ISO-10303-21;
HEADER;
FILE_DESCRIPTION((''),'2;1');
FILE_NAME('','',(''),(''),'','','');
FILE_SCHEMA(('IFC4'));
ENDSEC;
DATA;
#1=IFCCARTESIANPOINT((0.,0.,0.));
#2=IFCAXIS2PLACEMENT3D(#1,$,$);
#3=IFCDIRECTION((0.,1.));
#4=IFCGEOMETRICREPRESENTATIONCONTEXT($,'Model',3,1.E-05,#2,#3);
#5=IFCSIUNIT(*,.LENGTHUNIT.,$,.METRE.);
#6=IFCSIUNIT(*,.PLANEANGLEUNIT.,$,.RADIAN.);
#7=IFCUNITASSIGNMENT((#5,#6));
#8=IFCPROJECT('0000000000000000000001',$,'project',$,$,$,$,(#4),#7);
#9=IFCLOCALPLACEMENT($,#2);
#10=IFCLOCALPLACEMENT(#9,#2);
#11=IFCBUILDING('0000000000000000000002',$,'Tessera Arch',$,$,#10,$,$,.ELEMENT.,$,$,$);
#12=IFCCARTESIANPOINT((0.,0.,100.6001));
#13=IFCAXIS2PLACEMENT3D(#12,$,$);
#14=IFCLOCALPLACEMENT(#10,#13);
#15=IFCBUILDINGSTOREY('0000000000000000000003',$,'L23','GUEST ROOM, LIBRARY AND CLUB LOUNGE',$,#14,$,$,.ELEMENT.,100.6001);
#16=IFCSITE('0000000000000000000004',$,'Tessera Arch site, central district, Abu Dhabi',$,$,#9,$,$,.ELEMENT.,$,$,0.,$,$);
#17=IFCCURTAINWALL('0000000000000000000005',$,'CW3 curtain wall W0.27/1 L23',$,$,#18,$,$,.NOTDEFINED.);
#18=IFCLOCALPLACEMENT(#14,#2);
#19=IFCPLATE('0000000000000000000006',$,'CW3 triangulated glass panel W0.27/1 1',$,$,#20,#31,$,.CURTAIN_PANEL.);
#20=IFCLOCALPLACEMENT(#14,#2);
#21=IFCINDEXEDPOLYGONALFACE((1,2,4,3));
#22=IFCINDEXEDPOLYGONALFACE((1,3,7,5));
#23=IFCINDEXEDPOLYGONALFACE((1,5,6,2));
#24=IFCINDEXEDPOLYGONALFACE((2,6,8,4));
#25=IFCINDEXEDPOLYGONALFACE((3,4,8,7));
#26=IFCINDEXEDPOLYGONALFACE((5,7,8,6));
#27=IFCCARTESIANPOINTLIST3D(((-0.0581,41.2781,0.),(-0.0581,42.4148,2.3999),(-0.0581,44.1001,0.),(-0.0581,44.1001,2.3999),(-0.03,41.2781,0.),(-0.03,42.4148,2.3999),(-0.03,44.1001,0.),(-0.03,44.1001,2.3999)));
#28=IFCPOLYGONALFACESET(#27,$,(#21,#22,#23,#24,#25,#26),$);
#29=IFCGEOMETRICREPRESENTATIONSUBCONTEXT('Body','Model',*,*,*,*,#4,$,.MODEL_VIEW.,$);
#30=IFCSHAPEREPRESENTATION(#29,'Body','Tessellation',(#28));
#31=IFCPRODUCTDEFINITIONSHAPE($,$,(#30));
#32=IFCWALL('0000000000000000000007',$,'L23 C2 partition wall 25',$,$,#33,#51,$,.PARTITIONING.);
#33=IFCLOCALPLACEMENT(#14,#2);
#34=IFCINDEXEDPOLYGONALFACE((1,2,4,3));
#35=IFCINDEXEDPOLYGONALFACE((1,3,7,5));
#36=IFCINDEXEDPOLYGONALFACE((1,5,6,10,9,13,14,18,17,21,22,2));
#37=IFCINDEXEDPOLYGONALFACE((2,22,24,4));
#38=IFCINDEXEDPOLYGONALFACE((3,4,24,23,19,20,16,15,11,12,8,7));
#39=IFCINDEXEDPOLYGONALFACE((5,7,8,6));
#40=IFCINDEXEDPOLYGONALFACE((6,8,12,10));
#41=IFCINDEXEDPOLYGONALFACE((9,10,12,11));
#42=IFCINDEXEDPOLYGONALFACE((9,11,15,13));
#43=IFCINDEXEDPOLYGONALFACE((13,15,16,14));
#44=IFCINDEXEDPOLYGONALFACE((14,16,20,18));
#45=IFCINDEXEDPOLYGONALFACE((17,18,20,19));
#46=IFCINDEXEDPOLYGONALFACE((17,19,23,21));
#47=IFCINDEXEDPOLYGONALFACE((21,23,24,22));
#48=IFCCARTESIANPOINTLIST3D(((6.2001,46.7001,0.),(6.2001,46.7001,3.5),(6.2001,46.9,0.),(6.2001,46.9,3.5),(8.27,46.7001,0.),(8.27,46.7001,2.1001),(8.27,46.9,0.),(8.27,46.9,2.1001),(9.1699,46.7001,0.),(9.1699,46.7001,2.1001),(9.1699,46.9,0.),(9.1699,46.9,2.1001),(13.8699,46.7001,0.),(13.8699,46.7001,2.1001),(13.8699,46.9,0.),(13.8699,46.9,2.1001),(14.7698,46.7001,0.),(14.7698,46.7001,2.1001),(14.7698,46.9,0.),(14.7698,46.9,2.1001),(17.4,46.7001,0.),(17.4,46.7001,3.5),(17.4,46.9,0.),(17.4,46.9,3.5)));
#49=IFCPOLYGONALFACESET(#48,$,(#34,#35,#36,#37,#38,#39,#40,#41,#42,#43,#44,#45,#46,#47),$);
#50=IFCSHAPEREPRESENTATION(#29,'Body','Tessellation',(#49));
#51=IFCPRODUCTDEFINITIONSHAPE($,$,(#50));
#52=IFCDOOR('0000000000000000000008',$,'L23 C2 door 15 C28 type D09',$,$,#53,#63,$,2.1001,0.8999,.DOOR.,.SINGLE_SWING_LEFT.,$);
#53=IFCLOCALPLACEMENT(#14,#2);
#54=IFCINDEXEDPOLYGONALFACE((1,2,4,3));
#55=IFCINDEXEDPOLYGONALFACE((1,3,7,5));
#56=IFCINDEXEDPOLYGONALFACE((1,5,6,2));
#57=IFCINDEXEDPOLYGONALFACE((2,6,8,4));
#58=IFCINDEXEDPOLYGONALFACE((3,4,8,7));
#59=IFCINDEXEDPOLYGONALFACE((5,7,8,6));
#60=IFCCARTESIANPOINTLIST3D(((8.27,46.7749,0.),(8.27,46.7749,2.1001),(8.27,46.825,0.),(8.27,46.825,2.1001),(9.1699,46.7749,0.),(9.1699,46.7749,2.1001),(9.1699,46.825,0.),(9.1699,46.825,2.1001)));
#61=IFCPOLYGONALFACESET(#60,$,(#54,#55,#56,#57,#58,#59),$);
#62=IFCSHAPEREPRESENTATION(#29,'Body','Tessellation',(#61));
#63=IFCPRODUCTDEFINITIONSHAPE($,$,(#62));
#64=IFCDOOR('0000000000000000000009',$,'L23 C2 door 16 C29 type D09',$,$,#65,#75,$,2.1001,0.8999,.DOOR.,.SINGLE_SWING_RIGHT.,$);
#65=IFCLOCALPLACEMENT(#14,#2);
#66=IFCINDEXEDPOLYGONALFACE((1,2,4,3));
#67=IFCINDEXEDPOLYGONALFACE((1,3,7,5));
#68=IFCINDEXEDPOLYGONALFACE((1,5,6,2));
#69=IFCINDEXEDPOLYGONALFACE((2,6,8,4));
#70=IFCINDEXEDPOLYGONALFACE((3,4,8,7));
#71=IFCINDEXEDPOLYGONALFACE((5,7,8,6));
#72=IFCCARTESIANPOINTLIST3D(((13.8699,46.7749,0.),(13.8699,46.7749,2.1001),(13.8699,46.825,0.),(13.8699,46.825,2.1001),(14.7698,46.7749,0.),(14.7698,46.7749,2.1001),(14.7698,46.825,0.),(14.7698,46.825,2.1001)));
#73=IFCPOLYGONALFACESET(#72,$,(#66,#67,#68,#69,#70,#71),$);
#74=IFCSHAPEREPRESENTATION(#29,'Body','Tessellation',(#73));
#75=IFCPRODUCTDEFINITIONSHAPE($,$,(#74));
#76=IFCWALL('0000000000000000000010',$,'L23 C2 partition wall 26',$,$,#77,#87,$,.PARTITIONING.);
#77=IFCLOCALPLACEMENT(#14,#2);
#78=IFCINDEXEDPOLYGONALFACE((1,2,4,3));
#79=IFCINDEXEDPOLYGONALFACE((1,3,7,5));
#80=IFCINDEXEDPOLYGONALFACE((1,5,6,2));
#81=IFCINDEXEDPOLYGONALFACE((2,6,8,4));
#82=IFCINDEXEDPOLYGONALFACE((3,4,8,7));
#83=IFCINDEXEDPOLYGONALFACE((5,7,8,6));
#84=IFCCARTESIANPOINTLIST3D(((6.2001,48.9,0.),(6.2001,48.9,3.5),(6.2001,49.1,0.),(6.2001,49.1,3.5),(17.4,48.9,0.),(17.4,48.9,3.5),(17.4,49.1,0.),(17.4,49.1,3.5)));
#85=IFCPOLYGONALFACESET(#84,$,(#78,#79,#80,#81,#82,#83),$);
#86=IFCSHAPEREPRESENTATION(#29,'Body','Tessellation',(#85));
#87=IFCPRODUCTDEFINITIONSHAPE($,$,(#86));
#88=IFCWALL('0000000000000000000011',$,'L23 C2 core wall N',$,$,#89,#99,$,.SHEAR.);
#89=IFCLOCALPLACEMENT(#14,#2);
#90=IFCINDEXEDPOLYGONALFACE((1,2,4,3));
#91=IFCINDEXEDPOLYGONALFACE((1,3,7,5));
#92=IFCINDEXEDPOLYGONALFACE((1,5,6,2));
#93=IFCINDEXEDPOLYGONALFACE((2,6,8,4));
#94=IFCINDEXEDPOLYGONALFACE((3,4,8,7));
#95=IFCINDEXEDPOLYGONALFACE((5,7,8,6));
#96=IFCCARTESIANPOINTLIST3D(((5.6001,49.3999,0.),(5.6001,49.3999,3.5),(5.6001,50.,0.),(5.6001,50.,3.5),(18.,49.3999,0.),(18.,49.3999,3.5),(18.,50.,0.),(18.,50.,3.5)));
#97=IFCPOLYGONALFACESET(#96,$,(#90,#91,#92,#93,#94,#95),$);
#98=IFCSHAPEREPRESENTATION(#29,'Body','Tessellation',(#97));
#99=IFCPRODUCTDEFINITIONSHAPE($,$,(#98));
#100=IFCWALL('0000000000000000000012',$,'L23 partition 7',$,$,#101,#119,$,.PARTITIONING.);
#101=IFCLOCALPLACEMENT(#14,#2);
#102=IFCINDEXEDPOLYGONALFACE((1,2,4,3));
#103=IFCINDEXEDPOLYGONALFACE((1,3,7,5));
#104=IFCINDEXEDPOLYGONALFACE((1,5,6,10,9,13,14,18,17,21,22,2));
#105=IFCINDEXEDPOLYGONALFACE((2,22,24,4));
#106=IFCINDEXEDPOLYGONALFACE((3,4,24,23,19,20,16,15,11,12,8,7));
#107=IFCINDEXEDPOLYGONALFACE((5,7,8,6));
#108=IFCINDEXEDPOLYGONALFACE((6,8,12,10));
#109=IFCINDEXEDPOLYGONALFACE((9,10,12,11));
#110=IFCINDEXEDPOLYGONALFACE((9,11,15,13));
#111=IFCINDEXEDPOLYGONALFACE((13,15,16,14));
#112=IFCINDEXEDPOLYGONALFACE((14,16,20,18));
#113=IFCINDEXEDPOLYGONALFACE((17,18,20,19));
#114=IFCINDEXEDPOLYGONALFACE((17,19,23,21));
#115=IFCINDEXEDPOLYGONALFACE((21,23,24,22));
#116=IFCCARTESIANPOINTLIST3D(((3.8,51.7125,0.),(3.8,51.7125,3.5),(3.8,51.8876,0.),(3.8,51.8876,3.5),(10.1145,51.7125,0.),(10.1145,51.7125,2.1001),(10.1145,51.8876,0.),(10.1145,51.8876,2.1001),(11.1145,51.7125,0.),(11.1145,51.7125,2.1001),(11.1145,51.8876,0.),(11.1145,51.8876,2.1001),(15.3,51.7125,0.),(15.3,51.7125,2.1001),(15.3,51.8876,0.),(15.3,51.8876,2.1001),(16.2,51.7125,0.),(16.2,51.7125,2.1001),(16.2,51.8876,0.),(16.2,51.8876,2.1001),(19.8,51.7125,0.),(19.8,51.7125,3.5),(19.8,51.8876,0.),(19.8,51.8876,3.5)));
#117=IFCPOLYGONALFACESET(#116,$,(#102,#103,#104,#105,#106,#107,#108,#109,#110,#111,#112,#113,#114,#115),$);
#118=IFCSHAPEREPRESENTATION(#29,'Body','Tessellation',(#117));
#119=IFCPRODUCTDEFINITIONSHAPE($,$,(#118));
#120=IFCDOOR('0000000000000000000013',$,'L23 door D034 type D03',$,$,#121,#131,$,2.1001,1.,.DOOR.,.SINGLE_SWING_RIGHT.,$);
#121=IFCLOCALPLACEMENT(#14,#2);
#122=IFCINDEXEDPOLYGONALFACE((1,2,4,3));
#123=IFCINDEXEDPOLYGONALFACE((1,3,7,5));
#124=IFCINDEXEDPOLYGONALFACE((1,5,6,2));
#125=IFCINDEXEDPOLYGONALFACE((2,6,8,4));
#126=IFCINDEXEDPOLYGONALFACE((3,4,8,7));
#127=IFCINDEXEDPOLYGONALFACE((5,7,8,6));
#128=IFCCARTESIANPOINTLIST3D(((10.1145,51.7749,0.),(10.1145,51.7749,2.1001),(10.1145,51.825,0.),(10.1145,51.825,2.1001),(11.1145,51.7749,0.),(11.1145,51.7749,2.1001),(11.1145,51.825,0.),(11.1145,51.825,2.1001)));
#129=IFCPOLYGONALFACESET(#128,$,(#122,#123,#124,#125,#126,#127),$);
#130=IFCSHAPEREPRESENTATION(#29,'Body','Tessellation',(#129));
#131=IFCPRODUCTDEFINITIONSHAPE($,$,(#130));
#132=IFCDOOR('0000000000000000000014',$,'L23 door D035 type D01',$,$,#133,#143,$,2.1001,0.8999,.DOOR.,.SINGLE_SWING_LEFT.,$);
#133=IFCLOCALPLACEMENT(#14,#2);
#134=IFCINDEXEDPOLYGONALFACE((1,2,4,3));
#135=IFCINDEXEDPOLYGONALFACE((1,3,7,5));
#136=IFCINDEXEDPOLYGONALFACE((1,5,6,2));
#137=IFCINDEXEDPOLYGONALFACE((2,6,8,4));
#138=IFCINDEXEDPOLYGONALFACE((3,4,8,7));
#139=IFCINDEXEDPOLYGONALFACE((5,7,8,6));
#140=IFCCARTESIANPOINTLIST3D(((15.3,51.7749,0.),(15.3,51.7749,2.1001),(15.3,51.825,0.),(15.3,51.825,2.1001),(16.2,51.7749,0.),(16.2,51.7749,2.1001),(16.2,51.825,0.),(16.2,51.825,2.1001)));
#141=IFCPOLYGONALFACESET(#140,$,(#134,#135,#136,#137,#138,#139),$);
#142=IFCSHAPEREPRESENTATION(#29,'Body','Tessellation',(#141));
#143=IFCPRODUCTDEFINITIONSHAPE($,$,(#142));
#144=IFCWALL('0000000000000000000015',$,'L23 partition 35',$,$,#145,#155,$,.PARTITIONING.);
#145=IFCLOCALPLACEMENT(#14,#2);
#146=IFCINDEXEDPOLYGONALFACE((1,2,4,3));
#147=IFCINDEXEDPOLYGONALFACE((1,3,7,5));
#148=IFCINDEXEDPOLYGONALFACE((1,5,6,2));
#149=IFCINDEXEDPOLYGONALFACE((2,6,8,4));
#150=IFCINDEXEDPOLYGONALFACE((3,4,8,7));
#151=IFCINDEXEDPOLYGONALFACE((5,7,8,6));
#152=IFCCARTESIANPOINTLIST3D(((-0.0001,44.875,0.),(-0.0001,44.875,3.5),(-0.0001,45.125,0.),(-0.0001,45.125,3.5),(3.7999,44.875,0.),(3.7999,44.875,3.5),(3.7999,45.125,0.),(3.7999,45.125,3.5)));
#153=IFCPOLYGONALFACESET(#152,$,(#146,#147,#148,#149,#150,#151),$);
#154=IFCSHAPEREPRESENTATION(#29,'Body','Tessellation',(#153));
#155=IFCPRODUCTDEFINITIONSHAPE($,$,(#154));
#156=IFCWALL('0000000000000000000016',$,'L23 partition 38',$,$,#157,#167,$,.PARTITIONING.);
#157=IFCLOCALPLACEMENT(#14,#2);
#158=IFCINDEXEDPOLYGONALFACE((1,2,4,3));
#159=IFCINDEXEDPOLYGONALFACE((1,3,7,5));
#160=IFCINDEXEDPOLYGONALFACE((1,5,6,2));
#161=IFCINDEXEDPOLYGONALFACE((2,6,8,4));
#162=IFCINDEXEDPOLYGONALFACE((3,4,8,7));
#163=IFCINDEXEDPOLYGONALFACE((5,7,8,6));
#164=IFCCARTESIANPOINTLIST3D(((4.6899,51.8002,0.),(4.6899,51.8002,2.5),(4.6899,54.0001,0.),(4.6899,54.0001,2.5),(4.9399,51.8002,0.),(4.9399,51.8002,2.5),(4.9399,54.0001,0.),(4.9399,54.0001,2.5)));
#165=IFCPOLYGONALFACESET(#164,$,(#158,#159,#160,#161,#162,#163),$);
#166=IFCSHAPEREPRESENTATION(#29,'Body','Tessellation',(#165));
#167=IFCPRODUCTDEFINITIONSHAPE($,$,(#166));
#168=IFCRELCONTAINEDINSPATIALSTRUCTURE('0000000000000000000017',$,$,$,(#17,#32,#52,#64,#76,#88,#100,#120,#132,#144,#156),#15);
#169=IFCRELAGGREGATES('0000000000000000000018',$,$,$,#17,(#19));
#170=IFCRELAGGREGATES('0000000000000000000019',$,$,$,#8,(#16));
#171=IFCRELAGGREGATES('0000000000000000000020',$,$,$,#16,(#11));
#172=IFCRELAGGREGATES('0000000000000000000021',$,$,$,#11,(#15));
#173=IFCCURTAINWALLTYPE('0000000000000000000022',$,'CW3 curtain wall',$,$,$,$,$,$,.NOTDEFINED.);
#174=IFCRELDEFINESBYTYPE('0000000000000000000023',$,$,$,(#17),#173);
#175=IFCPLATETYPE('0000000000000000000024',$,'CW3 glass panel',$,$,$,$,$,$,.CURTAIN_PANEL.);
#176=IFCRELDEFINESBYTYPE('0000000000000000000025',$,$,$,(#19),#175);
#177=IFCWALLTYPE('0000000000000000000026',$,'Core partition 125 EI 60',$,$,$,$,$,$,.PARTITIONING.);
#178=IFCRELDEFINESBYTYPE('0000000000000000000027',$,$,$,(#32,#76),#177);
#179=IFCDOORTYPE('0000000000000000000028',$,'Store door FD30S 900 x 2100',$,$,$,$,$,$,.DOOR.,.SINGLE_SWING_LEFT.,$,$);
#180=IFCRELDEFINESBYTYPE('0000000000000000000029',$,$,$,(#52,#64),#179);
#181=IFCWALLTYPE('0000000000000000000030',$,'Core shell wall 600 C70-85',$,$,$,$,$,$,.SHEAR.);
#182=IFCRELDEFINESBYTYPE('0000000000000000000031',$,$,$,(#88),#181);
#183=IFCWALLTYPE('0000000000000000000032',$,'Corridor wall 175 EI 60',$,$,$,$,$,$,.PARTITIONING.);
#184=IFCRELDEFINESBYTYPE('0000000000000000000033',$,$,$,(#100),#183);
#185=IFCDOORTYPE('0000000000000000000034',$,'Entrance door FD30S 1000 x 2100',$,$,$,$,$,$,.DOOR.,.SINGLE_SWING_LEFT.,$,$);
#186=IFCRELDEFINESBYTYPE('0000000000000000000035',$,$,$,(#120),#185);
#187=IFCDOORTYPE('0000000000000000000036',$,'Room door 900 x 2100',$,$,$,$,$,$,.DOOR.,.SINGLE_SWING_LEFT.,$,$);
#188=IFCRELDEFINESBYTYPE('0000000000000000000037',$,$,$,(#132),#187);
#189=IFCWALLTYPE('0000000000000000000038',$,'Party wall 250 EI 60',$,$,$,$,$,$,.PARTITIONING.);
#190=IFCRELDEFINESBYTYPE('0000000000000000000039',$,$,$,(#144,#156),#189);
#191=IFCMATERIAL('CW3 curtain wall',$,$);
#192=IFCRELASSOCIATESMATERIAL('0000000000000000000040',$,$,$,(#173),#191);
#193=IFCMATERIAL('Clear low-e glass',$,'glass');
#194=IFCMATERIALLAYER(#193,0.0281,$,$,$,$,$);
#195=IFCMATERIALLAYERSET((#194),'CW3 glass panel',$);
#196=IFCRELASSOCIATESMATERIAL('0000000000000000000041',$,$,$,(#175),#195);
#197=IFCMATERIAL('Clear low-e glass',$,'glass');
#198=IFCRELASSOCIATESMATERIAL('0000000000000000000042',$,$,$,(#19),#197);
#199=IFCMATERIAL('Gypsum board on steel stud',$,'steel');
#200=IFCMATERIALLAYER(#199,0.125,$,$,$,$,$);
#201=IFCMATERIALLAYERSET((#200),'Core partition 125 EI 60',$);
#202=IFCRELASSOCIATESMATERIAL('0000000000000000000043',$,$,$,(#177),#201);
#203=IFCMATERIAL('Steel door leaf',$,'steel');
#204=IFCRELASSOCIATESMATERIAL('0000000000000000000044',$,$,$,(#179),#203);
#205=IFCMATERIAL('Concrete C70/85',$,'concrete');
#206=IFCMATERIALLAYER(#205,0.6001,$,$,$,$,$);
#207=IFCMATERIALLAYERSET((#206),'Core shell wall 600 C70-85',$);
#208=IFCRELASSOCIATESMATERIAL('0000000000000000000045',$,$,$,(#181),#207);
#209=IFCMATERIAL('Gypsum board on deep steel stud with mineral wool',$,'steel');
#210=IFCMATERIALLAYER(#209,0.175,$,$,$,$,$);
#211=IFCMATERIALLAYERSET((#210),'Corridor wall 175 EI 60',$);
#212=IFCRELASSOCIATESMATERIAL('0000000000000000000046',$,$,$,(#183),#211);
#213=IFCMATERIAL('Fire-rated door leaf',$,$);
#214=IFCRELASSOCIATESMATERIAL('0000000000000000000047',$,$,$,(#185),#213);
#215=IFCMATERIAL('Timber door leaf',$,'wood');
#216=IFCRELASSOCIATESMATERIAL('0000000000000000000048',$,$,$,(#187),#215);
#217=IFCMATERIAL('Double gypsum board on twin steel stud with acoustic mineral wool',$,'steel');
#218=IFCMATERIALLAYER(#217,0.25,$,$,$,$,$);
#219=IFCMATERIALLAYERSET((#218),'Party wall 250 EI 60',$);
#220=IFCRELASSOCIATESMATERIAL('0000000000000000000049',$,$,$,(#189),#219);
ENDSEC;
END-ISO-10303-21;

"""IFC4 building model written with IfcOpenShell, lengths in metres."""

from ifc_helpers import new_model, si_unit, direction, frame, frame_2d, origin, place, context, subcontext, project, spatial, polyline, rectangle, outline, extrude, material, layer, layer_set, type_object, element, fill, aggregate, save


model = new_model("IFC4")

# Units and contexts
model_context = context("Model", 3, precision=1e-05, world=origin(), true_north=direction((0.0, 1.0)))
body_context = subcontext(model_context, "Body", "Model", "MODEL_VIEW")
ifc_project = project(units=[si_unit("LENGTHUNIT", "METRE"), si_unit("PLANEANGLEUNIT", "RADIAN")], contexts=[model_context])

# Site, building, storey
site_placement = place(None, origin())
site = spatial("IfcSite", under=ifc_project, at=site_placement, Name="Tessera Arch site, central district, Abu Dhabi", CompositionType="ELEMENT", RefElevation=0.0)
building_placement = place(site_placement, origin())
building = spatial("IfcBuilding", under=site, at=building_placement, Name="Tessera Arch", CompositionType="ELEMENT")
storey_placement = place(building_placement, frame((0.0, 0.0, 100.6001)))
storey = spatial("IfcBuildingStorey", under=building, at=storey_placement, Name="L23", Description="GUEST ROOM, LIBRARY AND CLUB LOUNGE", CompositionType="ELEMENT", Elevation=100.6001)

# Curtain wall
ifc_material_1 = material(Name="CW3 curtain wall")
curtain_wall_type_1 = type_object("IfcCurtainWallType", Name="CW3 curtain wall", PredefinedType="NOTDEFINED", material=ifc_material_1)
curtain_wall_1_placement = place(storey_placement, origin())
curtain_wall_1 = element("IfcCurtainWall", 1, at=curtain_wall_1_placement, inside=storey, type_object=curtain_wall_type_1, Name="CW3 curtain wall W0.27/1 L23", PredefinedType="NOTDEFINED")

# Shared definitions
ifc_material_2 = material(Name="Clear low-e glass", Category="glass")

# Shared definitions
ifc_material_3 = material(Name="Clear low-e glass", Category="glass")
ifc_layer_1 = layer(ifc_material_3, 0.0281)
ifc_layer_set_1 = layer_set([ifc_layer_1], Name="CW3 glass panel")
plate_type_1 = type_object("IfcPlateType", Name="CW3 glass panel", PredefinedType="CURTAIN_PANEL", material=ifc_layer_set_1)

# Plate
plate_1_placement = place(storey_placement, frame((-0.0581, 44.1001, 0.0), z_axis=(-1.0, 0.0, 0.0), x_axis=(0.0, -1.0, 0.0)))
plate_1 = element("IfcPlate", 2, at=plate_1_placement, type_object=plate_type_1, material=ifc_material_2, Name="CW3 triangulated glass panel W0.27/1 1", PredefinedType="CURTAIN_PANEL", context=body_context, shape_type="SweptSolid", body=[
    extrude(outline(polyline([(0.0, 0.0), (2.822, 0.0), (1.6853, 2.3999), (0.0, 2.3999), (0.0, 0.0)])), origin(), (0.0, 0.0, -1.0), 0.0281),
])
aggregate(curtain_wall_1, [plate_1])

# Wall, openings, doors
ifc_material_4 = material(Name="Gypsum board on steel stud", Category="steel")
ifc_layer_2 = layer(ifc_material_4, 0.125)
ifc_layer_set_2 = layer_set([ifc_layer_2], Name="Core partition 125 EI 60")
wall_type_1 = type_object("IfcWallType", Name="Core partition 125 EI 60", PredefinedType="PARTITIONING", material=ifc_layer_set_2)
wall_1_placement = place(storey_placement, frame((6.2, 46.8, 0.0), z_axis=(0.0, 0.0, 1.0), x_axis=(1.0, 0.0, 0.0)))
wall_1 = element("IfcWall", 3, at=wall_1_placement, inside=storey, type_object=wall_type_1, Name="L23 C2 partition wall 25", PredefinedType="PARTITIONING", context=body_context, shape_type="SweptSolid", body=[
    extrude(rectangle(XDim=11.2, YDim=0.2, at=frame_2d((5.6001, 0.0))), origin(), (0.0, 0.0, 1.0), 3.5),
])
opening_1_placement = place(wall_1_placement, frame((2.0701, 0.0, 0.0)))
opening_1 = element("IfcOpeningElement", 4, at=opening_1_placement, cuts=wall_1, PredefinedType="OPENING", context=body_context, shape_type="SweptSolid", body=[
    extrude(rectangle(XDim=0.8999, YDim=2.1001, at=frame_2d((0.45, 1.05))), frame((0.0, 0.1099, 0.0), z_axis=(0.0, -1.0, 0.0), x_axis=(1.0, 0.0, 0.0)), (0.0, 0.0, 1.0), 0.22),
])
opening_2_placement = place(wall_1_placement, frame((7.6699, 0.0, 0.0)))
opening_2 = element("IfcOpeningElement", 5, at=opening_2_placement, cuts=wall_1, PredefinedType="OPENING", context=body_context, shape_type="SweptSolid", body=[
    extrude(rectangle(XDim=0.8999, YDim=2.1001, at=frame_2d((0.45, 1.05))), frame((0.0, 0.1099, 0.0), z_axis=(0.0, -1.0, 0.0), x_axis=(1.0, 0.0, 0.0)), (0.0, 0.0, 1.0), 0.22),
])
ifc_material_5 = material(Name="Steel door leaf", Category="steel")
door_type_1 = type_object("IfcDoorType", Name="Store door FD30S 900 x 2100", OperationType="SINGLE_SWING_LEFT", PredefinedType="DOOR", material=ifc_material_5)
door_1_placement = place(opening_1_placement, origin())
door_1 = element("IfcDoor", 6, at=door_1_placement, inside=storey, type_object=door_type_1, Name="L23 C2 door 15 C28 type D09", OperationType="SINGLE_SWING_LEFT", OverallHeight=2.1001, OverallWidth=0.8999, PredefinedType="DOOR", context=body_context, shape_type="SweptSolid", body=[
    extrude(rectangle(XDim=0.8999, YDim=2.1001, at=frame_2d((0.45, 1.05))), frame((0.0, 0.0249, 0.0), z_axis=(0.0, -1.0, 0.0), x_axis=(1.0, 0.0, 0.0)), (0.0, 0.0, 1.0), 0.05),
])
fill(opening_1, door_1)
door_2_placement = place(opening_2_placement, origin())
door_2 = element("IfcDoor", 7, at=door_2_placement, inside=storey, type_object=door_type_1, Name="L23 C2 door 16 C29 type D09", OperationType="SINGLE_SWING_RIGHT", OverallHeight=2.1001, OverallWidth=0.8999, PredefinedType="DOOR", context=body_context, shape_type="SweptSolid", body=[
    extrude(rectangle(XDim=0.8999, YDim=2.1001, at=frame_2d((0.45, 1.05))), frame((0.0, 0.0249, 0.0), z_axis=(0.0, -1.0, 0.0), x_axis=(1.0, 0.0, 0.0)), (0.0, 0.0, 1.0), 0.05),
])
fill(opening_2, door_2)

# Walls
wall_2_placement = place(storey_placement, frame((6.2, 49.0, 0.0), z_axis=(0.0, 0.0, 1.0), x_axis=(1.0, 0.0, 0.0)))
element("IfcWall", 8, at=wall_2_placement, inside=storey, type_object=wall_type_1, Name="L23 C2 partition wall 26", PredefinedType="PARTITIONING", context=body_context, shape_type="SweptSolid", body=[
    extrude(rectangle(XDim=11.2, YDim=0.2, at=frame_2d((5.6001, 0.0))), origin(), (0.0, 0.0, 1.0), 3.5),
])
ifc_material_6 = material(Name="Concrete C70/85", Category="concrete")
ifc_layer_3 = layer(ifc_material_6, 0.6001)
ifc_layer_set_3 = layer_set([ifc_layer_3], Name="Core shell wall 600 C70-85")
wall_type_2 = type_object("IfcWallType", Name="Core shell wall 600 C70-85", PredefinedType="SHEAR", material=ifc_layer_set_3)
wall_3_placement = place(storey_placement, frame((5.6001, 49.7, 0.0), z_axis=(0.0, 0.0, 1.0), x_axis=(1.0, 0.0, 0.0)))
element("IfcWall", 9, at=wall_3_placement, inside=storey, type_object=wall_type_2, Name="L23 C2 core wall N", PredefinedType="SHEAR", context=body_context, shape_type="SweptSolid", body=[
    extrude(rectangle(XDim=12.3999, YDim=0.6001, at=frame_2d((6.2, 0.0))), origin(), (0.0, 0.0, 1.0), 3.5),
])

# Wall, openings, doors
ifc_material_7 = material(Name="Gypsum board on deep steel stud with mineral wool", Category="steel")
ifc_layer_4 = layer(ifc_material_7, 0.175)
ifc_layer_set_4 = layer_set([ifc_layer_4], Name="Corridor wall 175 EI 60")
wall_type_3 = type_object("IfcWallType", Name="Corridor wall 175 EI 60", PredefinedType="PARTITIONING", material=ifc_layer_set_4)
wall_4_placement = place(storey_placement, frame((3.8, 51.8, 0.0), z_axis=(0.0, 0.0, 1.0), x_axis=(1.0, 0.0, 0.0)))
wall_4 = element("IfcWall", 10, at=wall_4_placement, inside=storey, type_object=wall_type_3, Name="L23 partition 7", PredefinedType="PARTITIONING", context=body_context, shape_type="SweptSolid", body=[
    extrude(rectangle(XDim=16.0, YDim=0.175, at=frame_2d((8.0, 0.0))), origin(), (0.0, 0.0, 1.0), 3.5),
])
opening_3_placement = place(wall_4_placement, frame((6.3145, 0.0, 0.0)))
opening_3 = element("IfcOpeningElement", 11, at=opening_3_placement, cuts=wall_4, PredefinedType="OPENING", context=body_context, shape_type="SweptSolid", body=[
    extrude(rectangle(XDim=1.0, YDim=2.1001, at=frame_2d((0.5, 1.05))), frame((0.0, 0.0974, 0.0), z_axis=(0.0, -1.0, 0.0), x_axis=(1.0, 0.0, 0.0)), (0.0, 0.0, 1.0), 0.1951),
])
opening_4_placement = place(wall_4_placement, frame((11.5, 0.0, 0.0)))
opening_4 = element("IfcOpeningElement", 12, at=opening_4_placement, cuts=wall_4, PredefinedType="OPENING", context=body_context, shape_type="SweptSolid", body=[
    extrude(rectangle(XDim=0.8999, YDim=2.1001, at=frame_2d((0.45, 1.05))), frame((0.0, 0.0974, 0.0), z_axis=(0.0, -1.0, 0.0), x_axis=(1.0, 0.0, 0.0)), (0.0, 0.0, 1.0), 0.1951),
])
ifc_material_8 = material(Name="Fire-rated door leaf")
door_type_2 = type_object("IfcDoorType", Name="Entrance door FD30S 1000 x 2100", OperationType="SINGLE_SWING_LEFT", PredefinedType="DOOR", material=ifc_material_8)
door_3_placement = place(opening_3_placement, origin())
door_3 = element("IfcDoor", 13, at=door_3_placement, inside=storey, type_object=door_type_2, Name="L23 door D034 type D03", OperationType="SINGLE_SWING_RIGHT", OverallHeight=2.1001, OverallWidth=1.0, PredefinedType="DOOR", context=body_context, shape_type="SweptSolid", body=[
    extrude(rectangle(XDim=1.0, YDim=2.1001, at=frame_2d((0.5, 1.05))), frame((0.0, 0.0249, 0.0), z_axis=(0.0, -1.0, 0.0), x_axis=(1.0, 0.0, 0.0)), (0.0, 0.0, 1.0), 0.05),
])
fill(opening_3, door_3)
ifc_material_9 = material(Name="Timber door leaf", Category="wood")
door_type_3 = type_object("IfcDoorType", Name="Room door 900 x 2100", OperationType="SINGLE_SWING_LEFT", PredefinedType="DOOR", material=ifc_material_9)
door_4_placement = place(opening_4_placement, origin())
door_4 = element("IfcDoor", 14, at=door_4_placement, inside=storey, type_object=door_type_3, Name="L23 door D035 type D01", OperationType="SINGLE_SWING_LEFT", OverallHeight=2.1001, OverallWidth=0.8999, PredefinedType="DOOR", context=body_context, shape_type="SweptSolid", body=[
    extrude(rectangle(XDim=0.8999, YDim=2.1001, at=frame_2d((0.45, 1.05))), frame((0.0, 0.0249, 0.0), z_axis=(0.0, -1.0, 0.0), x_axis=(1.0, 0.0, 0.0)), (0.0, 0.0, 1.0), 0.05),
])
fill(opening_4, door_4)

# Walls
ifc_material_10 = material(Name="Double gypsum board on twin steel stud with acoustic mineral wool", Category="steel")
ifc_layer_5 = layer(ifc_material_10, 0.25)
ifc_layer_set_5 = layer_set([ifc_layer_5], Name="Party wall 250 EI 60")
wall_type_4 = type_object("IfcWallType", Name="Party wall 250 EI 60", PredefinedType="PARTITIONING", material=ifc_layer_set_5)
wall_5_placement = place(storey_placement, frame((0.0, 45.0, 0.0), z_axis=(0.0, 0.0, 1.0), x_axis=(1.0, 0.0, 0.0)))
element("IfcWall", 15, at=wall_5_placement, inside=storey, type_object=wall_type_4, Name="L23 partition 35", PredefinedType="PARTITIONING", context=body_context, shape_type="SweptSolid", body=[
    extrude(rectangle(XDim=3.8, YDim=0.25, at=frame_2d((1.8999, 0.0))), origin(), (0.0, 0.0, 1.0), 3.5),
])
wall_6_placement = place(storey_placement, frame((4.8149, 51.8, 0.0), z_axis=(0.0, 0.0, 1.0), x_axis=(0.0, 1.0, 0.0)))
element("IfcWall", 16, at=wall_6_placement, inside=storey, type_object=wall_type_4, Name="L23 partition 38", PredefinedType="PARTITIONING", context=body_context, shape_type="SweptSolid", body=[
    extrude(rectangle(XDim=2.2, YDim=0.25, at=frame_2d((1.1001, 0.0))), origin(), (0.0, 0.0, 1.0), 2.5),
])

save(model, "model.ifc")
